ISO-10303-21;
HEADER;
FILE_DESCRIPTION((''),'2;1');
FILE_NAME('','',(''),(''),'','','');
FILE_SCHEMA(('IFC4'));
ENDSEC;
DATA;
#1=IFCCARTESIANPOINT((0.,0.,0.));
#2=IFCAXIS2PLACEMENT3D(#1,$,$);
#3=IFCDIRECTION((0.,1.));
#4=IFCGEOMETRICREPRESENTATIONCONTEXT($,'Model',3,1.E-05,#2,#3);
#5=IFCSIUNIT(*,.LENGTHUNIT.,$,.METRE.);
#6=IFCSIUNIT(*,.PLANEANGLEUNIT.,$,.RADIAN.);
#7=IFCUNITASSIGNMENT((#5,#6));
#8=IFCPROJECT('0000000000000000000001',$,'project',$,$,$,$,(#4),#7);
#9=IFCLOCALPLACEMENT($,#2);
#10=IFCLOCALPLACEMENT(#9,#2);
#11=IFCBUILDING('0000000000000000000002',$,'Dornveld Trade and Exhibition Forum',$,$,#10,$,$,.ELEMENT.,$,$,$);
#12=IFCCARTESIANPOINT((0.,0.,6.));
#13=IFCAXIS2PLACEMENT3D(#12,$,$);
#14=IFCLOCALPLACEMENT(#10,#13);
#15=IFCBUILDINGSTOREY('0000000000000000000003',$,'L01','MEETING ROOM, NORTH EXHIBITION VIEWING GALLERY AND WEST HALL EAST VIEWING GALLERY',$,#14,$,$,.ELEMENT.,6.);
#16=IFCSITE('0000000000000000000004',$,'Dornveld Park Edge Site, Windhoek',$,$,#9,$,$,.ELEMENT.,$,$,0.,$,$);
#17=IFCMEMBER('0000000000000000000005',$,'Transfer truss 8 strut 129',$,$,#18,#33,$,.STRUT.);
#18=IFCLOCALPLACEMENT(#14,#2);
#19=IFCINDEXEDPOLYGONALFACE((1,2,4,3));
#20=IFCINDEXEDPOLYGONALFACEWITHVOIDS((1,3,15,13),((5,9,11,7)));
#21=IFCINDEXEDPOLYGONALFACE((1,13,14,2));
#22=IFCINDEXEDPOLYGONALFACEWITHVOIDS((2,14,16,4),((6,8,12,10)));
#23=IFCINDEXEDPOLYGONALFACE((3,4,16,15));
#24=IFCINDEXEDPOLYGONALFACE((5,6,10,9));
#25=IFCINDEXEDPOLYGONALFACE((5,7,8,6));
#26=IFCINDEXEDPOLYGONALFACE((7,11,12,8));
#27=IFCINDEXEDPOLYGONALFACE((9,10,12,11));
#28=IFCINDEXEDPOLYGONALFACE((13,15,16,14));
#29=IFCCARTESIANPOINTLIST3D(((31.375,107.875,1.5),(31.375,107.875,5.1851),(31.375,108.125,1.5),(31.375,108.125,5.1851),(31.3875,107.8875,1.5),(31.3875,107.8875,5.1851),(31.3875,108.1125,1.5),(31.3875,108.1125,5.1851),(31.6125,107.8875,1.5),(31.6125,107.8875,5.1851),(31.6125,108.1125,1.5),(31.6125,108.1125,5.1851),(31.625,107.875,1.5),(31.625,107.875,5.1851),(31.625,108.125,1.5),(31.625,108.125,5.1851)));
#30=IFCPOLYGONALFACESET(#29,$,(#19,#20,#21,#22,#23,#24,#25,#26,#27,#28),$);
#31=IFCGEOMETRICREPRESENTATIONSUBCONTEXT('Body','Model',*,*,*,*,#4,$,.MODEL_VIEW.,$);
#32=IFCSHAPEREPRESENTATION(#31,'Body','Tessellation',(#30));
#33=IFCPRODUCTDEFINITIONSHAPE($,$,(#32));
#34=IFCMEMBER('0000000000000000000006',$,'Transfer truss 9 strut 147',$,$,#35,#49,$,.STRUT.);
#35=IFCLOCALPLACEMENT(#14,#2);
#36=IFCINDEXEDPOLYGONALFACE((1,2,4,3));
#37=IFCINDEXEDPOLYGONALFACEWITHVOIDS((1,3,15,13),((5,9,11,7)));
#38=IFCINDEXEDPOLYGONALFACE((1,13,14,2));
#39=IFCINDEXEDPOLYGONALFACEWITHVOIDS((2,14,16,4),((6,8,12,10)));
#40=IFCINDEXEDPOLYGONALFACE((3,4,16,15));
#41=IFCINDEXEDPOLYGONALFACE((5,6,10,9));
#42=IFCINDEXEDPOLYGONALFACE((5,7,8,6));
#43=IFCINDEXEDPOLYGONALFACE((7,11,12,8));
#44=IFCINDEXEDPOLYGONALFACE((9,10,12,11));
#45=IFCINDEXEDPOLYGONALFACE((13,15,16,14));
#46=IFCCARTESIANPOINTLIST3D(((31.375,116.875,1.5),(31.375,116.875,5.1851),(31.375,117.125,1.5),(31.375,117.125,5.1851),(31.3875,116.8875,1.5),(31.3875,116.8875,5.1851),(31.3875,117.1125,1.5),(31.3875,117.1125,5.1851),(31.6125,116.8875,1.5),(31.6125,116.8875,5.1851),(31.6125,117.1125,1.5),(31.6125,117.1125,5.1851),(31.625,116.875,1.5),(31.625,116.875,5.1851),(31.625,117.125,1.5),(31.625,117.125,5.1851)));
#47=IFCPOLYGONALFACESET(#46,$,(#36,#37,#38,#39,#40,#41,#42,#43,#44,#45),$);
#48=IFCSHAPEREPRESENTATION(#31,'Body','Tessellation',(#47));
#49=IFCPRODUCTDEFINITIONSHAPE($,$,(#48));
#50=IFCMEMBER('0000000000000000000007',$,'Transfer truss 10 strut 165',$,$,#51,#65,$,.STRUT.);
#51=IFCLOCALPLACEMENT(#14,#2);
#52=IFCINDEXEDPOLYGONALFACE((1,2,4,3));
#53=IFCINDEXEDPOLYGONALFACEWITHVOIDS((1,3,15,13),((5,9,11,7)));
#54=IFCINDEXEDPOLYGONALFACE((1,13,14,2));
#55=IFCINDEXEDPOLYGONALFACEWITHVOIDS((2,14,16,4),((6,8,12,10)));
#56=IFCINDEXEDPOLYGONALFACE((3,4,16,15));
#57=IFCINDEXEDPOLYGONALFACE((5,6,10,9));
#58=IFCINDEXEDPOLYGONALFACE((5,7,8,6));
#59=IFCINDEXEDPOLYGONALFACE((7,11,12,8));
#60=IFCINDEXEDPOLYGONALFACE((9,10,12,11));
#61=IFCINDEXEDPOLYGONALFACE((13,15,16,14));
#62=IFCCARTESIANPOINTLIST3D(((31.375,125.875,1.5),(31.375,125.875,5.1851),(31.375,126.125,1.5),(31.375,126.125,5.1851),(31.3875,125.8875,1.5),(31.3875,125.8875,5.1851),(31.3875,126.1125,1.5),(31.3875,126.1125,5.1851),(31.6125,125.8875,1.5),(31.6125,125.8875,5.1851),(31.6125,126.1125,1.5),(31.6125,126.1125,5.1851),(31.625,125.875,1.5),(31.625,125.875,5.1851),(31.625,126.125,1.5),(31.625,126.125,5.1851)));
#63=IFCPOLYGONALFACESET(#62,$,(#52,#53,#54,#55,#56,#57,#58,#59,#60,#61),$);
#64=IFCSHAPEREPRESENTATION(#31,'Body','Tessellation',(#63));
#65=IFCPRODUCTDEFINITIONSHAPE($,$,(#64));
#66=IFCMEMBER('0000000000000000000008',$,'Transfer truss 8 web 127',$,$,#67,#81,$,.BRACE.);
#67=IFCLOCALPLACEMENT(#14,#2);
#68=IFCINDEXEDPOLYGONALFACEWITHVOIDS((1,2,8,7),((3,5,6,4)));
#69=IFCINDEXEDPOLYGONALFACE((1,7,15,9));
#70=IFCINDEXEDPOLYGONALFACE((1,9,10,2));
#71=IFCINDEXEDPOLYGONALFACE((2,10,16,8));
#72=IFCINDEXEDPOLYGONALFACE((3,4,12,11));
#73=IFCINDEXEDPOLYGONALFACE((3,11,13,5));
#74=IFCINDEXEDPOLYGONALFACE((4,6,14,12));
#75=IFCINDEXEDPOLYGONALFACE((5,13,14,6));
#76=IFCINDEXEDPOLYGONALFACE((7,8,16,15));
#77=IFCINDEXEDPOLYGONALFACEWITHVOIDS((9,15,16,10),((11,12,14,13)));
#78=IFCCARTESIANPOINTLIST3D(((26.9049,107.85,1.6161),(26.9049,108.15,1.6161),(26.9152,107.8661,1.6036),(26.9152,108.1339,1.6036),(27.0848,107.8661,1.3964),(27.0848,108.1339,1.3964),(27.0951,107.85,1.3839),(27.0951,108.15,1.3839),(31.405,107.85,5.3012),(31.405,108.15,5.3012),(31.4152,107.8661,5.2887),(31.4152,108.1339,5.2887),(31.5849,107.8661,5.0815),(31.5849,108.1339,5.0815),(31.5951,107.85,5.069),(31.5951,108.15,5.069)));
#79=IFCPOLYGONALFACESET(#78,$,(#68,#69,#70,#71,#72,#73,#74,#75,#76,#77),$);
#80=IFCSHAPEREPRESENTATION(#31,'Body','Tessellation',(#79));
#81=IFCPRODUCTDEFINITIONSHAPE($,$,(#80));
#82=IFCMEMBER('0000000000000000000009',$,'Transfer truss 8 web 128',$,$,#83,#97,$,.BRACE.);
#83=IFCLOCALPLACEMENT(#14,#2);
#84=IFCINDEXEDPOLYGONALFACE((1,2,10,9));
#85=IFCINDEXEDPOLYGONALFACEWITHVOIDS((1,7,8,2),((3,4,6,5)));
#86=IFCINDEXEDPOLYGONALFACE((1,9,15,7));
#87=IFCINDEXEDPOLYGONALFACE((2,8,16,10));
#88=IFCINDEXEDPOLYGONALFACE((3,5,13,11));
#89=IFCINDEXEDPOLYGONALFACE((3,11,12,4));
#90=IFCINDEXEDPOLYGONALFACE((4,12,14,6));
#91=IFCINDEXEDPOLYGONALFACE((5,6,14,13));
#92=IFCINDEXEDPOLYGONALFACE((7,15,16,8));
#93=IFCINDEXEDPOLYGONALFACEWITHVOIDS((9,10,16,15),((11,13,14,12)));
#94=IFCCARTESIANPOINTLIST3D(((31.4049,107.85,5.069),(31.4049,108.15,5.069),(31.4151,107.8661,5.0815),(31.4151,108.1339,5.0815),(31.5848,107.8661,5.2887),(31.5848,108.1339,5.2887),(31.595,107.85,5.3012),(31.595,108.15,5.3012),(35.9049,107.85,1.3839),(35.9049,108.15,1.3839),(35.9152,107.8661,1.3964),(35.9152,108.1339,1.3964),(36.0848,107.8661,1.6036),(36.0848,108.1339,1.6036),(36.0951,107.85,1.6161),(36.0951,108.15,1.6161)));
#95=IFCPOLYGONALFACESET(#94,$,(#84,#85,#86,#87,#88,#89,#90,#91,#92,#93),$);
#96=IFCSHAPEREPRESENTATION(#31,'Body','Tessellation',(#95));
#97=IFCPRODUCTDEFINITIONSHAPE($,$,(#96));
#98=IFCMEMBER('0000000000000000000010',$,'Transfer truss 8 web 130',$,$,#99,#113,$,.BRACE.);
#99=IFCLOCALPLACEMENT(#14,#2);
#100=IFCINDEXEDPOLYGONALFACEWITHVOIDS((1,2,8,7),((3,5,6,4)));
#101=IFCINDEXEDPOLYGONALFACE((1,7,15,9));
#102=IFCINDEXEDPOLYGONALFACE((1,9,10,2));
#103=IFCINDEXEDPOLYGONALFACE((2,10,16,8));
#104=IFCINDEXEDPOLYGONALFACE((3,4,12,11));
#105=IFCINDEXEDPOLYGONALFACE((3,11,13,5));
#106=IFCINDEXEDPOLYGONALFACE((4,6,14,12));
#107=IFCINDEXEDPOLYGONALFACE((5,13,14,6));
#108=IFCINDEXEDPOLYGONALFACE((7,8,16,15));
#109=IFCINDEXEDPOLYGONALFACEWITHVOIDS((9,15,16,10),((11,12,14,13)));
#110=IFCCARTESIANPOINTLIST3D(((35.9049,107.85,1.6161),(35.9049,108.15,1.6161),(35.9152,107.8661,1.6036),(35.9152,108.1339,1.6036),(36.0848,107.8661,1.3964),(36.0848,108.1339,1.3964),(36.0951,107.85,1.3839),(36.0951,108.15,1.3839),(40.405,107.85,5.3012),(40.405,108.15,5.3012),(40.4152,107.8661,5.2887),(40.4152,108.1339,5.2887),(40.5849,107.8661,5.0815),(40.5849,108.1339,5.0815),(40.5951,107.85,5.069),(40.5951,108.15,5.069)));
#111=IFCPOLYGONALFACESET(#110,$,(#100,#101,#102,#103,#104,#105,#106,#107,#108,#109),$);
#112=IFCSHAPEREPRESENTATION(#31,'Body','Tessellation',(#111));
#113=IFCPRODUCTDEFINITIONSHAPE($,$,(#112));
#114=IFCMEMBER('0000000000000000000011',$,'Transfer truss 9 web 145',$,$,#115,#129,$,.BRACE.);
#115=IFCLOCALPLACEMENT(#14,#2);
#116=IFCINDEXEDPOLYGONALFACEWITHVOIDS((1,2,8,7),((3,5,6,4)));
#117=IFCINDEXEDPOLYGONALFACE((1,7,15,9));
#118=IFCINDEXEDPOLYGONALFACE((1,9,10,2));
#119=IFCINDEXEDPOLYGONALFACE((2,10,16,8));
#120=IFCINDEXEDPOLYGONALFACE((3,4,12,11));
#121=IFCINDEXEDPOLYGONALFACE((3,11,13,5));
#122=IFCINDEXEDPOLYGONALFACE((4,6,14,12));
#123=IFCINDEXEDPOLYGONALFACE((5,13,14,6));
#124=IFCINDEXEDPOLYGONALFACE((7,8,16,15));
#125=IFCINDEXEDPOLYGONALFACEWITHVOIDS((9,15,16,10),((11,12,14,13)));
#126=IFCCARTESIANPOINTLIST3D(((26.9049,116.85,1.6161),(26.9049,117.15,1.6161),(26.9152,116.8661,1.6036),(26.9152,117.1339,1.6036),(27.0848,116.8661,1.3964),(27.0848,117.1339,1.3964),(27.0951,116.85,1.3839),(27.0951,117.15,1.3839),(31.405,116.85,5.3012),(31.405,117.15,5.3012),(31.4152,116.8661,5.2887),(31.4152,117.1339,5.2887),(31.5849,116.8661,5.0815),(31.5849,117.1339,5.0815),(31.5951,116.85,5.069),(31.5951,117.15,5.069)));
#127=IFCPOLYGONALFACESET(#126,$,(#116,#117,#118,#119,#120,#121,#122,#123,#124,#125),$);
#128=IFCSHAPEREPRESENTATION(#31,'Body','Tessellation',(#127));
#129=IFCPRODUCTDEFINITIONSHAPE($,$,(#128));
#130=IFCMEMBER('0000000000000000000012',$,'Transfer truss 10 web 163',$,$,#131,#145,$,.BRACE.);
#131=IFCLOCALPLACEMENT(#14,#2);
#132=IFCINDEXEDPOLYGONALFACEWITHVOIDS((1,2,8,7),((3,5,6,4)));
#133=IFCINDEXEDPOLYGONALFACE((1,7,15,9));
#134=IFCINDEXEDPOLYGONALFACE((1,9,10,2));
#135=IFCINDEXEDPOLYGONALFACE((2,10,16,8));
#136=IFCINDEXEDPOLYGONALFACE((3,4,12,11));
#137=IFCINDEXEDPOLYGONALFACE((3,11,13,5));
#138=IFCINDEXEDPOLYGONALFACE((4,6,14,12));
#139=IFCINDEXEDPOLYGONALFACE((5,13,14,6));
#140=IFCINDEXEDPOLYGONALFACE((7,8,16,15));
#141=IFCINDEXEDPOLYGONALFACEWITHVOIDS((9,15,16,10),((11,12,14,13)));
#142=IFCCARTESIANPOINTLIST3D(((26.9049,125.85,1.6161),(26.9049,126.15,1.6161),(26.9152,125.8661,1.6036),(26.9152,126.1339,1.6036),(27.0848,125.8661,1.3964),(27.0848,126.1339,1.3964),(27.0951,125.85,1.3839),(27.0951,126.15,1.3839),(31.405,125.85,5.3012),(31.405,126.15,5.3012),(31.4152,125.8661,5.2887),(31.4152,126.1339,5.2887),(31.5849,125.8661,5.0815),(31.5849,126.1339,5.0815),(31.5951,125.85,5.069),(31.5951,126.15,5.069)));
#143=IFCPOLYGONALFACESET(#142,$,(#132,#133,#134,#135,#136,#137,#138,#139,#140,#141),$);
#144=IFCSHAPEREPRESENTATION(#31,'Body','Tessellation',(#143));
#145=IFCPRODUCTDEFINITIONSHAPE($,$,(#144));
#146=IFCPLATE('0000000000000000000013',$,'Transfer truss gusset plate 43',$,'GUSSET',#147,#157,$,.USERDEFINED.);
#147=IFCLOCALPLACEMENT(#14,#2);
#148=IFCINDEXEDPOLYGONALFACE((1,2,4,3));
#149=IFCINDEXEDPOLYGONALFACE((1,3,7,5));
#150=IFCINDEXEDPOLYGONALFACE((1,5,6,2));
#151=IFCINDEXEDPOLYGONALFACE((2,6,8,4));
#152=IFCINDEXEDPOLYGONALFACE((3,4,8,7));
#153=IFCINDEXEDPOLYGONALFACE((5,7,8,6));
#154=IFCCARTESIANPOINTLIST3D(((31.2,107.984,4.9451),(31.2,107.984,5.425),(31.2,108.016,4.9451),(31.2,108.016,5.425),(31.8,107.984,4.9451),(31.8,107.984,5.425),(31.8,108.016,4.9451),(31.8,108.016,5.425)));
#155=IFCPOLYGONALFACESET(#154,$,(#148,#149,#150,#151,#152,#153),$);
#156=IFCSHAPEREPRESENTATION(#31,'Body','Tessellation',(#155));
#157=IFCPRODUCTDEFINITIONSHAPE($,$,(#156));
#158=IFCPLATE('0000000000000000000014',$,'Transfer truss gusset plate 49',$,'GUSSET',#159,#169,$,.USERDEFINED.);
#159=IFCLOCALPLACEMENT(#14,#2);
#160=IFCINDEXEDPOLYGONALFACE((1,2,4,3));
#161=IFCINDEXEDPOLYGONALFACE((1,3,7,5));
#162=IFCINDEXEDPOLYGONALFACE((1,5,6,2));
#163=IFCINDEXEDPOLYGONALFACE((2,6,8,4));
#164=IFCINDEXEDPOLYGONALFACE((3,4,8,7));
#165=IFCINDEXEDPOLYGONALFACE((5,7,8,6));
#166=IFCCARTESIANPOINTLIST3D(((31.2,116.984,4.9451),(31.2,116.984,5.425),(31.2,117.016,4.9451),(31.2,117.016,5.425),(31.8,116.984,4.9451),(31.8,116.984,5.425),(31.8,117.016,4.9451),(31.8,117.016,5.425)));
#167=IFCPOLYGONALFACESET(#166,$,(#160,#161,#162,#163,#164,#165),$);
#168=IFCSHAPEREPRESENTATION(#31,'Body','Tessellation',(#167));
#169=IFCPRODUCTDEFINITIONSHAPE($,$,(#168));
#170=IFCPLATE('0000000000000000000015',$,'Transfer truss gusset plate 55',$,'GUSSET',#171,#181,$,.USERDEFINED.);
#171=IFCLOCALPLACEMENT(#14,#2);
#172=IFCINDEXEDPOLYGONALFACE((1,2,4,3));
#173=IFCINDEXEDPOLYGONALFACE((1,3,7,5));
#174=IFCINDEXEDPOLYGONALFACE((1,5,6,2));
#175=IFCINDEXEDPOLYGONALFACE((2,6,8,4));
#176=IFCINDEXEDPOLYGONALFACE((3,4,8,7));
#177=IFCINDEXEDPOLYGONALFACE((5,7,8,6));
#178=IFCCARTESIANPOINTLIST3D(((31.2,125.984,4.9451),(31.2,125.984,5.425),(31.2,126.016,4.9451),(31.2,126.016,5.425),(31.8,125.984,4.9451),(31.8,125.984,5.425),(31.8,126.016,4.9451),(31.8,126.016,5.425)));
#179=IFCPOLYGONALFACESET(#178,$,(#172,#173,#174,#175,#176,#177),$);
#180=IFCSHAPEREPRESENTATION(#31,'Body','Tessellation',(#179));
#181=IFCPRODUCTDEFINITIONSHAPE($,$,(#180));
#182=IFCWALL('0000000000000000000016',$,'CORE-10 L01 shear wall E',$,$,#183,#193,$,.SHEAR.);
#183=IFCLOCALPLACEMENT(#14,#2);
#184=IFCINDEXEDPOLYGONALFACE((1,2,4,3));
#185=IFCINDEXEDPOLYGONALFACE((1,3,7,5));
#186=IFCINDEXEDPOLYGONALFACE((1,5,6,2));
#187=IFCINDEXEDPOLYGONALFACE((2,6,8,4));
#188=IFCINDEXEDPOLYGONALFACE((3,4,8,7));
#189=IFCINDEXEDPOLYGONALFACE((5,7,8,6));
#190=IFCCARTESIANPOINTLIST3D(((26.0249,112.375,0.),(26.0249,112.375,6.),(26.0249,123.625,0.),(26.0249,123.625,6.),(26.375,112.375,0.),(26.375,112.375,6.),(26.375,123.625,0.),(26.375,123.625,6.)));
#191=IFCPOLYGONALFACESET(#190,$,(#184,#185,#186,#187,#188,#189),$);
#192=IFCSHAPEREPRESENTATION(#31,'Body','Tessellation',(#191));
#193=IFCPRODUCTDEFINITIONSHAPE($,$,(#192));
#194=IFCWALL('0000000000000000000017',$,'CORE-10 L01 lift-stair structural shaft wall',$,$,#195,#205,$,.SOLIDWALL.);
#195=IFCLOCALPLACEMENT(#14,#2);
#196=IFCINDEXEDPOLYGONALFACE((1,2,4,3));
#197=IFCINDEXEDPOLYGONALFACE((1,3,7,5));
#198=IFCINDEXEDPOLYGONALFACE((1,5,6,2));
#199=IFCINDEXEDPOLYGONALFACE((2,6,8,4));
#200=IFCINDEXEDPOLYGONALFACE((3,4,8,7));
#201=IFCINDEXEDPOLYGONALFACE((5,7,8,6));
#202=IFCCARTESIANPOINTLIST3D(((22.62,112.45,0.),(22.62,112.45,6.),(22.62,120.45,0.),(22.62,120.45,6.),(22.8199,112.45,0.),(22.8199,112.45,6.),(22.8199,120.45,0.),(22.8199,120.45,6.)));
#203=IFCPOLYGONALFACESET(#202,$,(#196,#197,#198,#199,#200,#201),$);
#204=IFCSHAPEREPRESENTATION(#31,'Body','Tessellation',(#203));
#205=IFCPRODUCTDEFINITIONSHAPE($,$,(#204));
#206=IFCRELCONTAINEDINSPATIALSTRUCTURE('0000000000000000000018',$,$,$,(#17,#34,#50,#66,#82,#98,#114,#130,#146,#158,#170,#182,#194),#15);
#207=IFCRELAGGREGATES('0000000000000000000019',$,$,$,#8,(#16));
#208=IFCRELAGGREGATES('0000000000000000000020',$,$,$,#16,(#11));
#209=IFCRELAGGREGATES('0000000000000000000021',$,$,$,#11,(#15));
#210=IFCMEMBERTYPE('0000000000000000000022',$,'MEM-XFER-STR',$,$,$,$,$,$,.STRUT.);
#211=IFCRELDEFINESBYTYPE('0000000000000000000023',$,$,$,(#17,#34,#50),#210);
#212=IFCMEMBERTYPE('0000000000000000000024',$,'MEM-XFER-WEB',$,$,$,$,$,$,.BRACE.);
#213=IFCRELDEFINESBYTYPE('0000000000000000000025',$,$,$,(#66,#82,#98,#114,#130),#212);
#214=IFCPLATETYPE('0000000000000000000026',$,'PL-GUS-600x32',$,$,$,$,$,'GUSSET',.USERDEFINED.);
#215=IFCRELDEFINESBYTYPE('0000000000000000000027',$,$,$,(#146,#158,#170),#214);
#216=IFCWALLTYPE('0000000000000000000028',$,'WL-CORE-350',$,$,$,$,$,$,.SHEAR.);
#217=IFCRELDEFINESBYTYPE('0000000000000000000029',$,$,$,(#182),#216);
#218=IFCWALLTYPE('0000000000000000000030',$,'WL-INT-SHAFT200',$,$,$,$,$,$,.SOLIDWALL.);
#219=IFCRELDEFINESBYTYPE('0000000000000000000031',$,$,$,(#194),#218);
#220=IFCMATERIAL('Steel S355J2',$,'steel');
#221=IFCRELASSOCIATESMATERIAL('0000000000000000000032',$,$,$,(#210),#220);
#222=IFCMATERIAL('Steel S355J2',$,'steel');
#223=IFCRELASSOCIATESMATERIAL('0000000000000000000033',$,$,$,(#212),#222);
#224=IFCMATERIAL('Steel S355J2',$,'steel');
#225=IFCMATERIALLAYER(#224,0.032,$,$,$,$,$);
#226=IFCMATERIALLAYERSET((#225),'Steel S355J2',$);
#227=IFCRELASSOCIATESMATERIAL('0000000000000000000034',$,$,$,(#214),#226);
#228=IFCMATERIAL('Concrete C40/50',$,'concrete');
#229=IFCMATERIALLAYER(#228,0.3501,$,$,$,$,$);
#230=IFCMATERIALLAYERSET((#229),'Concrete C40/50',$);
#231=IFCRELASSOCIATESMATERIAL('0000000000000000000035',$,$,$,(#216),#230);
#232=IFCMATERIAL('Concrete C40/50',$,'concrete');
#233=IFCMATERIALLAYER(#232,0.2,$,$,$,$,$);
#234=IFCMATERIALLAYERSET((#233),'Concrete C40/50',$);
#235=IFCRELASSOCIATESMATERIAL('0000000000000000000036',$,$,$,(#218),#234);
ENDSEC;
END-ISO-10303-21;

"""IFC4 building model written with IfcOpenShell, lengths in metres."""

from ifc_helpers import new_model, si_unit, direction, frame, frame_2d, origin, origin_2d, place, context, subcontext, project, spatial, rectangle, hollow_rectangle, extrude, material, layer, layer_set, material_profile, profile_set, type_object, element, save


model = new_model("IFC4")

# Units and contexts
model_context = context("Model", 3, precision=1e-05, world=origin(), true_north=direction((0.0, 1.0)))
body_context = subcontext(model_context, "Body", "Model", "MODEL_VIEW")
ifc_project = project(units=[si_unit("LENGTHUNIT", "METRE"), si_unit("PLANEANGLEUNIT", "RADIAN")], contexts=[model_context])

# Site, building, storey
site_placement = place(None, origin())
site = spatial("IfcSite", under=ifc_project, at=site_placement, Name="Dornveld Park Edge Site, Windhoek", CompositionType="ELEMENT", RefElevation=0.0)
building_placement = place(site_placement, origin())
building = spatial("IfcBuilding", under=site, at=building_placement, Name="Dornveld Trade and Exhibition Forum", CompositionType="ELEMENT")
storey_placement = place(building_placement, frame((0.0, 0.0, 6.0)))
storey = spatial("IfcBuildingStorey", under=building, at=storey_placement, Name="L01", Description="MEETING ROOM, NORTH EXHIBITION VIEWING GALLERY AND WEST HALL EAST VIEWING GALLERY", CompositionType="ELEMENT", Elevation=6.0)

# Members
ifc_material_1 = material(Name="Steel S355J2", Category="steel")
ifc_material_profile_1 = material_profile(ifc_material_1, hollow_rectangle(XDim=0.25, YDim=0.25, WallThickness=0.0125, at=origin_2d()), Name="SHS 250x250x12.5")
ifc_profile_set_1 = profile_set([ifc_material_profile_1], Name="Steel S355J2")
member_type_1 = type_object("IfcMemberType", Name="MEM-XFER-STR", PredefinedType="STRUT", material=ifc_profile_set_1)
for number, where, z_axis, x_axis, name in (
    (1, (31.5, 108.0, 1.5), (0.0, 0.0, 1.0), (1.0, 0.0, 0.0), "Transfer truss 8 strut 129"),
    (2, (31.5, 117.0, 1.5), (0.0, 0.0, 1.0), (1.0, 0.0, 0.0), "Transfer truss 9 strut 147"),
    (3, (31.5, 126.0, 1.5), (0.0, 0.0, 1.0), (1.0, 0.0, 0.0), "Transfer truss 10 strut 165"),
):
    element("IfcMember", number, at=place(storey_placement, frame(where, z_axis=z_axis, x_axis=x_axis)), inside=storey, type_object=member_type_1, Name=name, PredefinedType="STRUT", context=body_context, shape_type="SweptSolid", body=[
        extrude(hollow_rectangle(XDim=0.25, YDim=0.25, WallThickness=0.0125, at=origin_2d()), origin(), (0.0, 0.0, 1.0), 3.6851),
    ])
ifc_material_2 = material(Name="Steel S355J2", Category="steel")
ifc_material_profile_2 = material_profile(ifc_material_2, hollow_rectangle(XDim=0.3, YDim=0.3, WallThickness=0.0161, at=origin_2d()), Name="SHS 300x300x16")
ifc_profile_set_2 = profile_set([ifc_material_profile_2], Name="Steel S355J2")
member_type_2 = type_object("IfcMemberType", Name="MEM-XFER-WEB", PredefinedType="BRACE", material=ifc_profile_set_2)
for number, where, z_axis, x_axis, name in (
    (4, (27.0, 108.0, 1.5), (0.773684, 0.0, 0.633571), (0.0, 1.0, 0.0), "Transfer truss 8 web 127"),
    (5, (36.0, 108.0, 1.5), (-0.773684, 0.0, 0.633571), (0.0, -1.0, 0.0), "Transfer truss 8 web 128"),
    (6, (36.0, 108.0, 1.5), (0.773684, 0.0, 0.633571), (0.0, 1.0, 0.0), "Transfer truss 8 web 130"),
    (7, (27.0, 117.0, 1.5), (0.773684, 0.0, 0.633571), (0.0, 1.0, 0.0), "Transfer truss 9 web 145"),
    (8, (27.0, 126.0, 1.5), (0.773684, 0.0, 0.633571), (0.0, 1.0, 0.0), "Transfer truss 10 web 163"),
):
    element("IfcMember", number, at=place(storey_placement, frame(where, z_axis=z_axis, x_axis=x_axis)), inside=storey, type_object=member_type_2, Name=name, PredefinedType="BRACE", context=body_context, shape_type="SweptSolid", body=[
        extrude(hollow_rectangle(XDim=0.3, YDim=0.3, WallThickness=0.0161, at=origin_2d()), origin(), (0.0, 0.0, 1.0), 5.8164),
    ])

# Plates
ifc_material_3 = material(Name="Steel S355J2", Category="steel")
ifc_layer_1 = layer(ifc_material_3, 0.032)
ifc_layer_set_1 = layer_set([ifc_layer_1], Name="Steel S355J2")
plate_type = type_object("IfcPlateType", Name="PL-GUS-600x32", ElementType="GUSSET", PredefinedType="USERDEFINED", material=ifc_layer_set_1)
for number, where, z_axis, x_axis, name in (
    (9, (31.5, 108.0, 4.9451), (0.0, 0.0, 1.0), (1.0, 0.0, 0.0), "Transfer truss gusset plate 43"),
    (10, (31.5, 117.0, 4.9451), (0.0, 0.0, 1.0), (1.0, 0.0, 0.0), "Transfer truss gusset plate 49"),
    (11, (31.5, 126.0, 4.9451), (0.0, 0.0, 1.0), (1.0, 0.0, 0.0), "Transfer truss gusset plate 55"),
):
    element("IfcPlate", number, at=place(storey_placement, frame(where, z_axis=z_axis, x_axis=x_axis)), inside=storey, type_object=plate_type, Name=name, ObjectType="GUSSET", PredefinedType="USERDEFINED", context=body_context, shape_type="SweptSolid", body=[
        extrude(rectangle(XDim=0.6001, YDim=0.032, at=origin_2d()), origin(), (0.0, 0.0, 1.0), 0.48),
    ])

# Walls
ifc_material_4 = material(Name="Concrete C40/50", Category="concrete")
ifc_layer_2 = layer(ifc_material_4, 0.3501)
ifc_layer_set_2 = layer_set([ifc_layer_2], Name="Concrete C40/50")
wall_type_1 = type_object("IfcWallType", Name="WL-CORE-350", PredefinedType="SHEAR", material=ifc_layer_set_2)
wall_1_placement = place(storey_placement, frame((26.2, 112.375, 0.0), z_axis=(0.0, 0.0, 1.0), x_axis=(0.0, 1.0, 0.0)))
element("IfcWall", 12, at=wall_1_placement, inside=storey, type_object=wall_type_1, Name="CORE-10 L01 shear wall E", PredefinedType="SHEAR", context=body_context, shape_type="SweptSolid", body=[
    extrude(rectangle(XDim=11.25, YDim=0.3501, at=frame_2d((5.625, 0.0))), origin(), (0.0, 0.0, 1.0), 6.0),
])
ifc_material_5 = material(Name="Concrete C40/50", Category="concrete")
ifc_layer_3 = layer(ifc_material_5, 0.2)
ifc_layer_set_3 = layer_set([ifc_layer_3], Name="Concrete C40/50")
wall_type_2 = type_object("IfcWallType", Name="WL-INT-SHAFT200", PredefinedType="SOLIDWALL", material=ifc_layer_set_3)
wall_2_placement = place(storey_placement, frame((22.72, 112.45, 0.0), z_axis=(0.0, 0.0, 1.0), x_axis=(0.0, 1.0, 0.0)))
element("IfcWall", 13, at=wall_2_placement, inside=storey, type_object=wall_type_2, Name="CORE-10 L01 lift-stair structural shaft wall", PredefinedType="SOLIDWALL", context=body_context, shape_type="SweptSolid", body=[
    extrude(rectangle(XDim=8.0, YDim=0.2, at=frame_2d((4.0, 0.0))), origin(), (0.0, 0.0, 1.0), 6.0),
])

save(model, "model.ifc")
